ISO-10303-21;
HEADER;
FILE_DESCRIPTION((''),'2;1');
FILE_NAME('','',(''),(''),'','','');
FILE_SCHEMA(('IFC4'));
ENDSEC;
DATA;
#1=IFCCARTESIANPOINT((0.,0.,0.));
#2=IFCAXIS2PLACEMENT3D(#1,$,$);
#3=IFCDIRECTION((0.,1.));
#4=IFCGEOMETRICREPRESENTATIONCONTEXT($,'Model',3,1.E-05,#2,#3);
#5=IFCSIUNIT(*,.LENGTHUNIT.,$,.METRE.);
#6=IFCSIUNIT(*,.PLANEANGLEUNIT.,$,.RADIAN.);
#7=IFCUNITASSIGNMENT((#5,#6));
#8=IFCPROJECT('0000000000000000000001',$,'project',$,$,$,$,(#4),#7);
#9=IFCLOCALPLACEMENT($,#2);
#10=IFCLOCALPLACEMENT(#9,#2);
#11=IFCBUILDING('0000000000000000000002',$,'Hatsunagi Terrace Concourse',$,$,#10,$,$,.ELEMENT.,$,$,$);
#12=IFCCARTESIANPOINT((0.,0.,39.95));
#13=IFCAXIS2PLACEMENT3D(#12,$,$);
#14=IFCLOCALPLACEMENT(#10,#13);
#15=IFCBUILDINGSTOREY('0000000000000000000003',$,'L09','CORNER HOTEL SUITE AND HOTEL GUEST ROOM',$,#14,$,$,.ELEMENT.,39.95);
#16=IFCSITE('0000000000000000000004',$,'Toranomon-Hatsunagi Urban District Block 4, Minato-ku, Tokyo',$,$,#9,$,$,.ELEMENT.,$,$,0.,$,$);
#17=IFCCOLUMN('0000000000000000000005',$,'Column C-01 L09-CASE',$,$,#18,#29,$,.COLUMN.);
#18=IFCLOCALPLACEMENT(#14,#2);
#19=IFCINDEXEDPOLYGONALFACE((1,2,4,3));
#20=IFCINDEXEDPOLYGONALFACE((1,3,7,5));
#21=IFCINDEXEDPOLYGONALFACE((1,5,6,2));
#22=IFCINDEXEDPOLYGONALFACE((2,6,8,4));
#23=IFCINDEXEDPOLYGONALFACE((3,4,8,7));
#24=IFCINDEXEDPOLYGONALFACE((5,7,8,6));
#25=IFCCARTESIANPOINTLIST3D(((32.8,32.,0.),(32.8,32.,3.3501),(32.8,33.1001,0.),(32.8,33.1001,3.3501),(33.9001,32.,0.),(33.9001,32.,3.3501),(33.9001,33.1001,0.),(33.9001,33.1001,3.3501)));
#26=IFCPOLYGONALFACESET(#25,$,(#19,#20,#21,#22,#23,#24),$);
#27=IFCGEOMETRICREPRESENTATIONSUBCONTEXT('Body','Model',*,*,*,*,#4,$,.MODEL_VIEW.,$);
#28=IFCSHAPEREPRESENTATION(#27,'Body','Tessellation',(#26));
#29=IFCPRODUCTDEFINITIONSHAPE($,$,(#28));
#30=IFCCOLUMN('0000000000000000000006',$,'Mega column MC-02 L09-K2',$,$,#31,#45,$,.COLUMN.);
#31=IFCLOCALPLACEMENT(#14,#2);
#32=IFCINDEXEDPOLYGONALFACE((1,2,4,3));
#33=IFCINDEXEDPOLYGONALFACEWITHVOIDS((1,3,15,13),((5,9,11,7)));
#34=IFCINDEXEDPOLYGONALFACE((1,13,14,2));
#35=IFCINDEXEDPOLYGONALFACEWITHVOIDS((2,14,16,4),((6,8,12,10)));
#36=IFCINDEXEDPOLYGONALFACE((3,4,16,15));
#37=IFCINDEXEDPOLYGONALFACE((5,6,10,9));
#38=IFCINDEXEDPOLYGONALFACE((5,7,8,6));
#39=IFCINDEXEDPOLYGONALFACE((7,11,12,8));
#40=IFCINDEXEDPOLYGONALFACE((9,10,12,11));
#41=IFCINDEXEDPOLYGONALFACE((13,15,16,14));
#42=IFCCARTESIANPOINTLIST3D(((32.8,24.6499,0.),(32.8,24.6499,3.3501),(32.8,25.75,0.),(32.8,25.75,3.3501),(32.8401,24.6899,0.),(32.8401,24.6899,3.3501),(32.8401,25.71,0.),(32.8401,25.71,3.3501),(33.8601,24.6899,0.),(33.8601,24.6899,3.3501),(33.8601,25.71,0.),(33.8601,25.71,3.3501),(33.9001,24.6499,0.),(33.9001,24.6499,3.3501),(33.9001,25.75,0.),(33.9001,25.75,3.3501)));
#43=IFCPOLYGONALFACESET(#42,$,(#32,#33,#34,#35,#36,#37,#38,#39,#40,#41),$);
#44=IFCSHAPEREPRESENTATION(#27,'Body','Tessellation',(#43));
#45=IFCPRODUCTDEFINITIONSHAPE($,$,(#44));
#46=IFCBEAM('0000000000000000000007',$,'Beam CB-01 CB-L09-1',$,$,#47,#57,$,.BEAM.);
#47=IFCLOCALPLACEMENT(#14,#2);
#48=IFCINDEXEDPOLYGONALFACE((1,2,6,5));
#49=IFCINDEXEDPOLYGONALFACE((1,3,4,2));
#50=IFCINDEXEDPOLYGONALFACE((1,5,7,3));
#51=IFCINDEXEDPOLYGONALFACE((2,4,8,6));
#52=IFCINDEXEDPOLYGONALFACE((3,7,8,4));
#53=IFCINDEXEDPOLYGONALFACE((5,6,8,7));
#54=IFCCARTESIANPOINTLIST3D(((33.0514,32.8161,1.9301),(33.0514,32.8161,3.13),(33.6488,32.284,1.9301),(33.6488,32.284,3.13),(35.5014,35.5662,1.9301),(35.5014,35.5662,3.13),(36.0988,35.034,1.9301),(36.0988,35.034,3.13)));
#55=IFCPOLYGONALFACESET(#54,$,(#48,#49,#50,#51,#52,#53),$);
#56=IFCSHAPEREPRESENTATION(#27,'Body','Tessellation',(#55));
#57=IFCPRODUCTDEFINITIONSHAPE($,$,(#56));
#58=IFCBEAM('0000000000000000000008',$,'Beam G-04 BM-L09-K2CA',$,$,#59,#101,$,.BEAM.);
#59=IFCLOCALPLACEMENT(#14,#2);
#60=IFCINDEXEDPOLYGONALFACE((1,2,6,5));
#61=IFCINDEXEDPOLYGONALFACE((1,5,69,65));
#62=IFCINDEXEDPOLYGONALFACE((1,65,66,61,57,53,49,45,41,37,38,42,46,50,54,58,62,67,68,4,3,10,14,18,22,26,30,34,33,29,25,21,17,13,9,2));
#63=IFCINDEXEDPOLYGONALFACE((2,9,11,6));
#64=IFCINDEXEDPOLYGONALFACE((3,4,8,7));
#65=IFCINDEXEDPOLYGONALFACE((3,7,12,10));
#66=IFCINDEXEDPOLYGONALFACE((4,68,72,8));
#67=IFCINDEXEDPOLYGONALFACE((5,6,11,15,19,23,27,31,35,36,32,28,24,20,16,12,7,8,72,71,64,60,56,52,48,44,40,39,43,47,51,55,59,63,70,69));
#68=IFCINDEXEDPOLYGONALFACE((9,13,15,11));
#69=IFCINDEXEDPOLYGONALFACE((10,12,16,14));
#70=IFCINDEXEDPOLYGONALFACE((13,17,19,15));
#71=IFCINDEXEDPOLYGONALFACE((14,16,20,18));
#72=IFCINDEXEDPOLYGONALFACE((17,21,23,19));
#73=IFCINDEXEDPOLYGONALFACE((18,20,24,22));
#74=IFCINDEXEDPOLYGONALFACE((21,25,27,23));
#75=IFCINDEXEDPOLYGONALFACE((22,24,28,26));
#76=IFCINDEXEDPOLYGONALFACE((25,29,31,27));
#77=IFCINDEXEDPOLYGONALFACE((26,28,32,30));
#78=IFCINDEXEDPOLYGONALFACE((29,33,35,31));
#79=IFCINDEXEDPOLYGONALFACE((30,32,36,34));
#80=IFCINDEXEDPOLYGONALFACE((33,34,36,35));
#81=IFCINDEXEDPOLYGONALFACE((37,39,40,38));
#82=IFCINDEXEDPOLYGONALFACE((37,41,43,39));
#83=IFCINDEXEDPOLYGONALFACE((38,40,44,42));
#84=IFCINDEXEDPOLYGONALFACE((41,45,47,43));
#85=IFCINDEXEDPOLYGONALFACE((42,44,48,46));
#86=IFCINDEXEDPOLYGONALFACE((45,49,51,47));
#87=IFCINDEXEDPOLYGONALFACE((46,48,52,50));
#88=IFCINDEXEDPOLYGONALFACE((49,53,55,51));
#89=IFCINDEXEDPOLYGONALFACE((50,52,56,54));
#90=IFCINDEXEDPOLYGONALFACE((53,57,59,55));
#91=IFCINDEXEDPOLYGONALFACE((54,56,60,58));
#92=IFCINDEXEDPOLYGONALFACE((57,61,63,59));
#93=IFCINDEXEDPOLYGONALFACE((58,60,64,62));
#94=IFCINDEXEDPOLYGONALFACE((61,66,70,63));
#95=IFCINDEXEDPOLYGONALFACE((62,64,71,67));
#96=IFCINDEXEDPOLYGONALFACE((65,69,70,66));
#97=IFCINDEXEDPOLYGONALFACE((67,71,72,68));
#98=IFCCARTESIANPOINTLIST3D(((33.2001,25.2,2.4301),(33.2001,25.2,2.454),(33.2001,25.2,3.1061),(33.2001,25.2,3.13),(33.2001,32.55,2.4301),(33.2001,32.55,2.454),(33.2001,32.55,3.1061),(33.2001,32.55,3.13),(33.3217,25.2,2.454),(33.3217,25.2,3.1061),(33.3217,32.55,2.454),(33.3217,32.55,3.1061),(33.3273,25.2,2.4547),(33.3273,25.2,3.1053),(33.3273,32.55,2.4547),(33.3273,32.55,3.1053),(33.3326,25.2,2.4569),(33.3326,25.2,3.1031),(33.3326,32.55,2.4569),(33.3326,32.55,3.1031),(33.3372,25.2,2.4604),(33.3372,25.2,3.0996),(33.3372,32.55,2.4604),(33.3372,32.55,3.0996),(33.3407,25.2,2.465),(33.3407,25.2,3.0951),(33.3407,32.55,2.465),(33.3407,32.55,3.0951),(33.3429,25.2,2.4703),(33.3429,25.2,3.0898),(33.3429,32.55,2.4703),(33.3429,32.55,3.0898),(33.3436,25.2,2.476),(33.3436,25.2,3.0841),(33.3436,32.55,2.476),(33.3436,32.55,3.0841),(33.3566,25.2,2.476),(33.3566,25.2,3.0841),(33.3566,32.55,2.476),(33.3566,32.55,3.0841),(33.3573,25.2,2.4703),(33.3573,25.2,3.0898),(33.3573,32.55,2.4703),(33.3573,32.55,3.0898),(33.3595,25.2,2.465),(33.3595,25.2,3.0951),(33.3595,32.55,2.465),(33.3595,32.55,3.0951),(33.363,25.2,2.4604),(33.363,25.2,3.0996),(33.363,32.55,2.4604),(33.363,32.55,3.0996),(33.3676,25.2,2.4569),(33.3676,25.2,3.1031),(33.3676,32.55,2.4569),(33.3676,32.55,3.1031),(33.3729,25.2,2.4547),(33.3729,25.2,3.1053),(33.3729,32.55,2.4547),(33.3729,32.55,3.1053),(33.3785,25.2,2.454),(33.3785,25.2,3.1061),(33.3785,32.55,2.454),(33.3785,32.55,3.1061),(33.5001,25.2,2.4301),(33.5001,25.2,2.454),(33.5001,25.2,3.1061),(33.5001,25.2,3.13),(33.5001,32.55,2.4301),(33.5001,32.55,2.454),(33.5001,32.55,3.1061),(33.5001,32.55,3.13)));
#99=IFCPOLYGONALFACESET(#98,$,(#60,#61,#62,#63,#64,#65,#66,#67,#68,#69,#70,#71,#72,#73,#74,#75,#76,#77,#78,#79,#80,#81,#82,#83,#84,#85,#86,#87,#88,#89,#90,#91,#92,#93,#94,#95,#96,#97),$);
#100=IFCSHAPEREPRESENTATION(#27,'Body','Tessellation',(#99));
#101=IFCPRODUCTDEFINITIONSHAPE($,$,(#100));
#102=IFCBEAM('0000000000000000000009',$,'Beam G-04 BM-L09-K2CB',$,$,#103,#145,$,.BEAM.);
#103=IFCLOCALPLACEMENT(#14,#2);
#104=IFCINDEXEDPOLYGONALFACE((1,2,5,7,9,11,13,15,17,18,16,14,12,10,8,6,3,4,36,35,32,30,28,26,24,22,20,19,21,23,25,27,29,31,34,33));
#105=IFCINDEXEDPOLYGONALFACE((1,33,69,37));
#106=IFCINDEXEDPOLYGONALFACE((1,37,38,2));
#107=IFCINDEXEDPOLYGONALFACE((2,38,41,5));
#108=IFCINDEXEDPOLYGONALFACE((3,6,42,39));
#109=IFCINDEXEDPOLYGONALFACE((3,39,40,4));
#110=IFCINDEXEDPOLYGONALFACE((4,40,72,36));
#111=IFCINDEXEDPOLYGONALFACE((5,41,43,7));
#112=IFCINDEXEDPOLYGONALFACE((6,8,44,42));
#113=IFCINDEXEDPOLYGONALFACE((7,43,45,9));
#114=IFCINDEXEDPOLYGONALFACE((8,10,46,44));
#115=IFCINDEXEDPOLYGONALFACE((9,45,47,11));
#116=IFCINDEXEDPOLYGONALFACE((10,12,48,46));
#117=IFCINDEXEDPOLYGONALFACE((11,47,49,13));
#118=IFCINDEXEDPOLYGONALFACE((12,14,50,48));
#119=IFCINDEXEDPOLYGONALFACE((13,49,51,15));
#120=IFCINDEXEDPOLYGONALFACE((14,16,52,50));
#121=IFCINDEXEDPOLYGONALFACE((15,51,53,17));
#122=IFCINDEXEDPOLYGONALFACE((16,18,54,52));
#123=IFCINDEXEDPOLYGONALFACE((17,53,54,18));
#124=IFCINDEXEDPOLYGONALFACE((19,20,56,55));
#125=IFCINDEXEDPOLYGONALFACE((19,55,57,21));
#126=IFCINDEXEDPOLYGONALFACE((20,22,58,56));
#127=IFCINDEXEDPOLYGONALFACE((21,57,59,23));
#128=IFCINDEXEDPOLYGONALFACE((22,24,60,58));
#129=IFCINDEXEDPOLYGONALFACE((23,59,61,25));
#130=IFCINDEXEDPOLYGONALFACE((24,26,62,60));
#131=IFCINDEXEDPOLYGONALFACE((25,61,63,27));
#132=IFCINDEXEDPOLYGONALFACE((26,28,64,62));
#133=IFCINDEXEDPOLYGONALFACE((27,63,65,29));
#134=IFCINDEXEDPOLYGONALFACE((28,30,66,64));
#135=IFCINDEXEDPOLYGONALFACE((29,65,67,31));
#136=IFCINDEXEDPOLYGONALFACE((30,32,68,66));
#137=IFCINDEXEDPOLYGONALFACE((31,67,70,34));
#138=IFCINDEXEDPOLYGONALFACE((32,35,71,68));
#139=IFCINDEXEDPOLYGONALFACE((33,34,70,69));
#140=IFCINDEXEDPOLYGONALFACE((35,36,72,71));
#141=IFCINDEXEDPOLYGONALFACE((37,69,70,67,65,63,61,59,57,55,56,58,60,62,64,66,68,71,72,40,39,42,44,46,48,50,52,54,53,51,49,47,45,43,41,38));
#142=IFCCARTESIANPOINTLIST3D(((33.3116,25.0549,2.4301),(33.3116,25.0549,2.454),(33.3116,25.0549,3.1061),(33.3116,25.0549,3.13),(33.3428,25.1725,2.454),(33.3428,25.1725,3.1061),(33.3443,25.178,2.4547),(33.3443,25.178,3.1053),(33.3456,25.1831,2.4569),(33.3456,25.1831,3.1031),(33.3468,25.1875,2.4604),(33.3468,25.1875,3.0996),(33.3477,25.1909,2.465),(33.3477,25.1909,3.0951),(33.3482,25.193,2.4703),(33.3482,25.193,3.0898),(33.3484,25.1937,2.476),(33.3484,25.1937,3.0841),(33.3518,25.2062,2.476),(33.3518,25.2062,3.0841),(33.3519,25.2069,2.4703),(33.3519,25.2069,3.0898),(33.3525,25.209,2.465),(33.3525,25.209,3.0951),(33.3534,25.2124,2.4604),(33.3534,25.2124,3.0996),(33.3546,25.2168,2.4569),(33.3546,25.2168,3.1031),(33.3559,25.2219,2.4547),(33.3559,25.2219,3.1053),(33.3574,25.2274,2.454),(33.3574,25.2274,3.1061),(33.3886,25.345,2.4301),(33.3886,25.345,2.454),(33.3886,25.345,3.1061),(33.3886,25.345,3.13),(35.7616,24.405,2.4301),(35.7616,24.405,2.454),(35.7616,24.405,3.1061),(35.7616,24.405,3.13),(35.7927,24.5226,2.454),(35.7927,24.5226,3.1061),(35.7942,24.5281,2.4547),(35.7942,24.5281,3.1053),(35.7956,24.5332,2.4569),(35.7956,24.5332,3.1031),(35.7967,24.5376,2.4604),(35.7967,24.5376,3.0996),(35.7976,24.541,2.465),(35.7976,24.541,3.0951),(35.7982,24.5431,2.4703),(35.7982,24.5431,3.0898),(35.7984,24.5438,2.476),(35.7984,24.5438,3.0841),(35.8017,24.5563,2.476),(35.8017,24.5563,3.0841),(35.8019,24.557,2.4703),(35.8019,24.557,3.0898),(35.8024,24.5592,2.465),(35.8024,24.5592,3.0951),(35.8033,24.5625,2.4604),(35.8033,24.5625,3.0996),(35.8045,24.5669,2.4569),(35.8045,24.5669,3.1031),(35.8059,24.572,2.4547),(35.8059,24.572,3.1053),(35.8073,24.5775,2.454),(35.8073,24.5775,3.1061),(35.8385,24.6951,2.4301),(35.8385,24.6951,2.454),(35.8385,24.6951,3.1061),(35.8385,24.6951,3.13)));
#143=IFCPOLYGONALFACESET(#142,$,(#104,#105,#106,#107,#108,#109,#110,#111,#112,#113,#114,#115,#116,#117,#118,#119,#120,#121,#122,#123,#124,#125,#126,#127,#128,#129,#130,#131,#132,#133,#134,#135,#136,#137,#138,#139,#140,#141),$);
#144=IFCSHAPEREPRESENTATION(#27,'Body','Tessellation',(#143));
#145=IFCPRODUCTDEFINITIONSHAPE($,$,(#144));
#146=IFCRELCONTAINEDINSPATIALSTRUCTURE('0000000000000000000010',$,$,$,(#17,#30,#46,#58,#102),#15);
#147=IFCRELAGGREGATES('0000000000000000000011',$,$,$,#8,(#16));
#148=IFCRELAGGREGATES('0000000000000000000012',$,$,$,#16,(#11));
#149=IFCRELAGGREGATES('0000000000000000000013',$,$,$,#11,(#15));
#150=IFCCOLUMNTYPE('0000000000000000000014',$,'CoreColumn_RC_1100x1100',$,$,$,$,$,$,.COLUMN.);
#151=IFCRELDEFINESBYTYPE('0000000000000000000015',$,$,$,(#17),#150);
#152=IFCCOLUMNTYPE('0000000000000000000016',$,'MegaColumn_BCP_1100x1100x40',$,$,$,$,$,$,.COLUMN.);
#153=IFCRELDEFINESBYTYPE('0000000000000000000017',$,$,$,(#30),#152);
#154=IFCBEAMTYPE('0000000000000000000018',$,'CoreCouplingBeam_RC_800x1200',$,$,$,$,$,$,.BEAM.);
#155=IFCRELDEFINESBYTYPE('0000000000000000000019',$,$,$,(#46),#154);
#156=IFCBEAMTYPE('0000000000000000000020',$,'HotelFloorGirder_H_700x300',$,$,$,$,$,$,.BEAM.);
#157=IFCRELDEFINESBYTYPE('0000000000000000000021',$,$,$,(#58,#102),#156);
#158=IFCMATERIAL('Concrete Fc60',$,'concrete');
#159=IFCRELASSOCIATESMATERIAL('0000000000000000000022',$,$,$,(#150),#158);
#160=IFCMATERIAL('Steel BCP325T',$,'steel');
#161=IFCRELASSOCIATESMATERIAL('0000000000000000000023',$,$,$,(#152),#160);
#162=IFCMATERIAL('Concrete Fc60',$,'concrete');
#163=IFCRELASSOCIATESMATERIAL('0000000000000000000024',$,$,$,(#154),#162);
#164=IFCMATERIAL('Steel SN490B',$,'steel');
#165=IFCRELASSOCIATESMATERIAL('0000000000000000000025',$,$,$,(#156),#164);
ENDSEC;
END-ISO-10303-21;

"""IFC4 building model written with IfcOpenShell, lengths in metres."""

from ifc_helpers import new_model, si_unit, direction, frame, origin, origin_2d, place, context, subcontext, project, spatial, rectangle, hollow_rectangle, i_section, extrude, material, material_profile, profile_set, type_object, element, save


model = new_model("IFC4")

# Units and contexts
model_context = context("Model", 3, precision=1e-05, world=origin(), true_north=direction((0.0, 1.0)))
body_context = subcontext(model_context, "Body", "Model", "MODEL_VIEW")
ifc_project = project(units=[si_unit("LENGTHUNIT", "METRE"), si_unit("PLANEANGLEUNIT", "RADIAN")], contexts=[model_context])

# Site, building, storey
site_placement = place(None, origin())
site = spatial("IfcSite", under=ifc_project, at=site_placement, Name="Toranomon-Hatsunagi Urban District Block 4, Minato-ku, Tokyo", CompositionType="ELEMENT", RefElevation=0.0)
building_placement = place(site_placement, origin())
building = spatial("IfcBuilding", under=site, at=building_placement, Name="Hatsunagi Terrace Concourse", CompositionType="ELEMENT")
storey_placement = place(building_placement, frame((0.0, 0.0, 39.95)))
storey = spatial("IfcBuildingStorey", under=building, at=storey_placement, Name="L09", Description="CORNER HOTEL SUITE AND HOTEL GUEST ROOM", CompositionType="ELEMENT", Elevation=39.95)

# Columns
ifc_material_1 = material(Name="Concrete Fc60", Category="concrete")
ifc_material_profile_1 = material_profile(ifc_material_1, rectangle(XDim=1.1001, YDim=1.1001, at=origin_2d()), Name="RC-1100x1100")
ifc_profile_set_1 = profile_set([ifc_material_profile_1], Name="Concrete Fc60")
column_type_1 = type_object("IfcColumnType", Name="CoreColumn_RC_1100x1100", PredefinedType="COLUMN", material=ifc_profile_set_1)
column_1_placement = place(storey_placement, frame((33.3501, 32.55, 0.0), z_axis=(0.0, 0.0, 1.0), x_axis=(1.0, 0.0, 0.0)))
element("IfcColumn", 1, at=column_1_placement, inside=storey, type_object=column_type_1, Name="Column C-01 L09-CASE", PredefinedType="COLUMN", context=body_context, shape_type="SweptSolid", body=[
    extrude(rectangle(XDim=1.1001, YDim=1.1001, at=origin_2d()), origin(), (0.0, 0.0, 1.0), 3.3501),
])
ifc_material_2 = material(Name="Steel BCP325T", Category="steel")
ifc_material_profile_2 = material_profile(ifc_material_2, hollow_rectangle(XDim=1.1001, YDim=1.1001, WallThickness=0.04, at=origin_2d()), Name="BCP-1100x1100x40")
ifc_profile_set_2 = profile_set([ifc_material_profile_2], Name="Steel BCP325T")
column_type_2 = type_object("IfcColumnType", Name="MegaColumn_BCP_1100x1100x40", PredefinedType="COLUMN", material=ifc_profile_set_2)
column_2_placement = place(storey_placement, frame((33.3501, 25.2, 0.0), z_axis=(0.0, 0.0, 1.0), x_axis=(1.0, 0.0, 0.0)))
element("IfcColumn", 2, at=column_2_placement, inside=storey, type_object=column_type_2, Name="Mega column MC-02 L09-K2", PredefinedType="COLUMN", context=body_context, shape_type="SweptSolid", body=[
    extrude(hollow_rectangle(XDim=1.1001, YDim=1.1001, WallThickness=0.04, at=origin_2d()), origin(), (0.0, 0.0, 1.0), 3.3501),
])

# Beams
ifc_material_3 = material(Name="Concrete Fc60", Category="concrete")
ifc_material_profile_3 = material_profile(ifc_material_3, rectangle(XDim=0.8, YDim=1.2, at=origin_2d()), Name="RC-800x1200")
ifc_profile_set_3 = profile_set([ifc_material_profile_3], Name="Concrete Fc60")
beam_type_1 = type_object("IfcBeamType", Name="CoreCouplingBeam_RC_800x1200", PredefinedType="BEAM", material=ifc_profile_set_3)
beam_1_placement = place(storey_placement, frame((33.3501, 32.55, 2.53), z_axis=(0.665199, 0.746666, 0.0), x_axis=(-0.746666, 0.665199, 0.0)))
element("IfcBeam", 3, at=beam_1_placement, inside=storey, type_object=beam_type_1, Name="Beam CB-01 CB-L09-1", PredefinedType="BEAM", context=body_context, shape_type="SweptSolid", body=[
    extrude(rectangle(XDim=0.8, YDim=1.2, at=origin_2d()), origin(), (0.0, 0.0, 1.0), 3.6831),
])
ifc_material_4 = material(Name="Steel SN490B", Category="steel")
ifc_material_profile_4 = material_profile(ifc_material_4, i_section(OverallWidth=0.3, OverallDepth=0.7, WebThickness=0.0129, FlangeThickness=0.0239, FilletRadius=0.022, at=origin_2d()), Name="H-700x300x13x24")
ifc_profile_set_4 = profile_set([ifc_material_profile_4], Name="Steel SN490B")
beam_type_2 = type_object("IfcBeamType", Name="HotelFloorGirder_H_700x300", PredefinedType="BEAM", material=ifc_profile_set_4)
beam_2_placement = place(storey_placement, frame((33.3501, 25.2, 2.78), z_axis=(0.0, 1.0, 0.0), x_axis=(-1.0, 0.0, 0.0)))
element("IfcBeam", 4, at=beam_2_placement, inside=storey, type_object=beam_type_2, Name="Beam G-04 BM-L09-K2CA", PredefinedType="BEAM", context=body_context, shape_type="SweptSolid", body=[
    extrude(i_section(OverallWidth=0.3, OverallDepth=0.7, WebThickness=0.0129, FlangeThickness=0.0239, FilletRadius=0.022, at=origin_2d()), origin(), (0.0, 0.0, 1.0), 7.3501),
])
beam_3_placement = place(storey_placement, frame((33.3501, 25.2, 2.78), z_axis=(0.96657, -0.256403, 0.0), x_axis=(0.256403, 0.96657, 0.0)))
element("IfcBeam", 5, at=beam_3_placement, inside=storey, type_object=beam_type_2, Name="Beam G-04 BM-L09-K2CB", PredefinedType="BEAM", context=body_context, shape_type="SweptSolid", body=[
    extrude(i_section(OverallWidth=0.3, OverallDepth=0.7, WebThickness=0.0129, FlangeThickness=0.0239, FilletRadius=0.022, at=origin_2d()), origin(), (0.0, 0.0, 1.0), 2.5347),
])

save(model, "model.ifc")
